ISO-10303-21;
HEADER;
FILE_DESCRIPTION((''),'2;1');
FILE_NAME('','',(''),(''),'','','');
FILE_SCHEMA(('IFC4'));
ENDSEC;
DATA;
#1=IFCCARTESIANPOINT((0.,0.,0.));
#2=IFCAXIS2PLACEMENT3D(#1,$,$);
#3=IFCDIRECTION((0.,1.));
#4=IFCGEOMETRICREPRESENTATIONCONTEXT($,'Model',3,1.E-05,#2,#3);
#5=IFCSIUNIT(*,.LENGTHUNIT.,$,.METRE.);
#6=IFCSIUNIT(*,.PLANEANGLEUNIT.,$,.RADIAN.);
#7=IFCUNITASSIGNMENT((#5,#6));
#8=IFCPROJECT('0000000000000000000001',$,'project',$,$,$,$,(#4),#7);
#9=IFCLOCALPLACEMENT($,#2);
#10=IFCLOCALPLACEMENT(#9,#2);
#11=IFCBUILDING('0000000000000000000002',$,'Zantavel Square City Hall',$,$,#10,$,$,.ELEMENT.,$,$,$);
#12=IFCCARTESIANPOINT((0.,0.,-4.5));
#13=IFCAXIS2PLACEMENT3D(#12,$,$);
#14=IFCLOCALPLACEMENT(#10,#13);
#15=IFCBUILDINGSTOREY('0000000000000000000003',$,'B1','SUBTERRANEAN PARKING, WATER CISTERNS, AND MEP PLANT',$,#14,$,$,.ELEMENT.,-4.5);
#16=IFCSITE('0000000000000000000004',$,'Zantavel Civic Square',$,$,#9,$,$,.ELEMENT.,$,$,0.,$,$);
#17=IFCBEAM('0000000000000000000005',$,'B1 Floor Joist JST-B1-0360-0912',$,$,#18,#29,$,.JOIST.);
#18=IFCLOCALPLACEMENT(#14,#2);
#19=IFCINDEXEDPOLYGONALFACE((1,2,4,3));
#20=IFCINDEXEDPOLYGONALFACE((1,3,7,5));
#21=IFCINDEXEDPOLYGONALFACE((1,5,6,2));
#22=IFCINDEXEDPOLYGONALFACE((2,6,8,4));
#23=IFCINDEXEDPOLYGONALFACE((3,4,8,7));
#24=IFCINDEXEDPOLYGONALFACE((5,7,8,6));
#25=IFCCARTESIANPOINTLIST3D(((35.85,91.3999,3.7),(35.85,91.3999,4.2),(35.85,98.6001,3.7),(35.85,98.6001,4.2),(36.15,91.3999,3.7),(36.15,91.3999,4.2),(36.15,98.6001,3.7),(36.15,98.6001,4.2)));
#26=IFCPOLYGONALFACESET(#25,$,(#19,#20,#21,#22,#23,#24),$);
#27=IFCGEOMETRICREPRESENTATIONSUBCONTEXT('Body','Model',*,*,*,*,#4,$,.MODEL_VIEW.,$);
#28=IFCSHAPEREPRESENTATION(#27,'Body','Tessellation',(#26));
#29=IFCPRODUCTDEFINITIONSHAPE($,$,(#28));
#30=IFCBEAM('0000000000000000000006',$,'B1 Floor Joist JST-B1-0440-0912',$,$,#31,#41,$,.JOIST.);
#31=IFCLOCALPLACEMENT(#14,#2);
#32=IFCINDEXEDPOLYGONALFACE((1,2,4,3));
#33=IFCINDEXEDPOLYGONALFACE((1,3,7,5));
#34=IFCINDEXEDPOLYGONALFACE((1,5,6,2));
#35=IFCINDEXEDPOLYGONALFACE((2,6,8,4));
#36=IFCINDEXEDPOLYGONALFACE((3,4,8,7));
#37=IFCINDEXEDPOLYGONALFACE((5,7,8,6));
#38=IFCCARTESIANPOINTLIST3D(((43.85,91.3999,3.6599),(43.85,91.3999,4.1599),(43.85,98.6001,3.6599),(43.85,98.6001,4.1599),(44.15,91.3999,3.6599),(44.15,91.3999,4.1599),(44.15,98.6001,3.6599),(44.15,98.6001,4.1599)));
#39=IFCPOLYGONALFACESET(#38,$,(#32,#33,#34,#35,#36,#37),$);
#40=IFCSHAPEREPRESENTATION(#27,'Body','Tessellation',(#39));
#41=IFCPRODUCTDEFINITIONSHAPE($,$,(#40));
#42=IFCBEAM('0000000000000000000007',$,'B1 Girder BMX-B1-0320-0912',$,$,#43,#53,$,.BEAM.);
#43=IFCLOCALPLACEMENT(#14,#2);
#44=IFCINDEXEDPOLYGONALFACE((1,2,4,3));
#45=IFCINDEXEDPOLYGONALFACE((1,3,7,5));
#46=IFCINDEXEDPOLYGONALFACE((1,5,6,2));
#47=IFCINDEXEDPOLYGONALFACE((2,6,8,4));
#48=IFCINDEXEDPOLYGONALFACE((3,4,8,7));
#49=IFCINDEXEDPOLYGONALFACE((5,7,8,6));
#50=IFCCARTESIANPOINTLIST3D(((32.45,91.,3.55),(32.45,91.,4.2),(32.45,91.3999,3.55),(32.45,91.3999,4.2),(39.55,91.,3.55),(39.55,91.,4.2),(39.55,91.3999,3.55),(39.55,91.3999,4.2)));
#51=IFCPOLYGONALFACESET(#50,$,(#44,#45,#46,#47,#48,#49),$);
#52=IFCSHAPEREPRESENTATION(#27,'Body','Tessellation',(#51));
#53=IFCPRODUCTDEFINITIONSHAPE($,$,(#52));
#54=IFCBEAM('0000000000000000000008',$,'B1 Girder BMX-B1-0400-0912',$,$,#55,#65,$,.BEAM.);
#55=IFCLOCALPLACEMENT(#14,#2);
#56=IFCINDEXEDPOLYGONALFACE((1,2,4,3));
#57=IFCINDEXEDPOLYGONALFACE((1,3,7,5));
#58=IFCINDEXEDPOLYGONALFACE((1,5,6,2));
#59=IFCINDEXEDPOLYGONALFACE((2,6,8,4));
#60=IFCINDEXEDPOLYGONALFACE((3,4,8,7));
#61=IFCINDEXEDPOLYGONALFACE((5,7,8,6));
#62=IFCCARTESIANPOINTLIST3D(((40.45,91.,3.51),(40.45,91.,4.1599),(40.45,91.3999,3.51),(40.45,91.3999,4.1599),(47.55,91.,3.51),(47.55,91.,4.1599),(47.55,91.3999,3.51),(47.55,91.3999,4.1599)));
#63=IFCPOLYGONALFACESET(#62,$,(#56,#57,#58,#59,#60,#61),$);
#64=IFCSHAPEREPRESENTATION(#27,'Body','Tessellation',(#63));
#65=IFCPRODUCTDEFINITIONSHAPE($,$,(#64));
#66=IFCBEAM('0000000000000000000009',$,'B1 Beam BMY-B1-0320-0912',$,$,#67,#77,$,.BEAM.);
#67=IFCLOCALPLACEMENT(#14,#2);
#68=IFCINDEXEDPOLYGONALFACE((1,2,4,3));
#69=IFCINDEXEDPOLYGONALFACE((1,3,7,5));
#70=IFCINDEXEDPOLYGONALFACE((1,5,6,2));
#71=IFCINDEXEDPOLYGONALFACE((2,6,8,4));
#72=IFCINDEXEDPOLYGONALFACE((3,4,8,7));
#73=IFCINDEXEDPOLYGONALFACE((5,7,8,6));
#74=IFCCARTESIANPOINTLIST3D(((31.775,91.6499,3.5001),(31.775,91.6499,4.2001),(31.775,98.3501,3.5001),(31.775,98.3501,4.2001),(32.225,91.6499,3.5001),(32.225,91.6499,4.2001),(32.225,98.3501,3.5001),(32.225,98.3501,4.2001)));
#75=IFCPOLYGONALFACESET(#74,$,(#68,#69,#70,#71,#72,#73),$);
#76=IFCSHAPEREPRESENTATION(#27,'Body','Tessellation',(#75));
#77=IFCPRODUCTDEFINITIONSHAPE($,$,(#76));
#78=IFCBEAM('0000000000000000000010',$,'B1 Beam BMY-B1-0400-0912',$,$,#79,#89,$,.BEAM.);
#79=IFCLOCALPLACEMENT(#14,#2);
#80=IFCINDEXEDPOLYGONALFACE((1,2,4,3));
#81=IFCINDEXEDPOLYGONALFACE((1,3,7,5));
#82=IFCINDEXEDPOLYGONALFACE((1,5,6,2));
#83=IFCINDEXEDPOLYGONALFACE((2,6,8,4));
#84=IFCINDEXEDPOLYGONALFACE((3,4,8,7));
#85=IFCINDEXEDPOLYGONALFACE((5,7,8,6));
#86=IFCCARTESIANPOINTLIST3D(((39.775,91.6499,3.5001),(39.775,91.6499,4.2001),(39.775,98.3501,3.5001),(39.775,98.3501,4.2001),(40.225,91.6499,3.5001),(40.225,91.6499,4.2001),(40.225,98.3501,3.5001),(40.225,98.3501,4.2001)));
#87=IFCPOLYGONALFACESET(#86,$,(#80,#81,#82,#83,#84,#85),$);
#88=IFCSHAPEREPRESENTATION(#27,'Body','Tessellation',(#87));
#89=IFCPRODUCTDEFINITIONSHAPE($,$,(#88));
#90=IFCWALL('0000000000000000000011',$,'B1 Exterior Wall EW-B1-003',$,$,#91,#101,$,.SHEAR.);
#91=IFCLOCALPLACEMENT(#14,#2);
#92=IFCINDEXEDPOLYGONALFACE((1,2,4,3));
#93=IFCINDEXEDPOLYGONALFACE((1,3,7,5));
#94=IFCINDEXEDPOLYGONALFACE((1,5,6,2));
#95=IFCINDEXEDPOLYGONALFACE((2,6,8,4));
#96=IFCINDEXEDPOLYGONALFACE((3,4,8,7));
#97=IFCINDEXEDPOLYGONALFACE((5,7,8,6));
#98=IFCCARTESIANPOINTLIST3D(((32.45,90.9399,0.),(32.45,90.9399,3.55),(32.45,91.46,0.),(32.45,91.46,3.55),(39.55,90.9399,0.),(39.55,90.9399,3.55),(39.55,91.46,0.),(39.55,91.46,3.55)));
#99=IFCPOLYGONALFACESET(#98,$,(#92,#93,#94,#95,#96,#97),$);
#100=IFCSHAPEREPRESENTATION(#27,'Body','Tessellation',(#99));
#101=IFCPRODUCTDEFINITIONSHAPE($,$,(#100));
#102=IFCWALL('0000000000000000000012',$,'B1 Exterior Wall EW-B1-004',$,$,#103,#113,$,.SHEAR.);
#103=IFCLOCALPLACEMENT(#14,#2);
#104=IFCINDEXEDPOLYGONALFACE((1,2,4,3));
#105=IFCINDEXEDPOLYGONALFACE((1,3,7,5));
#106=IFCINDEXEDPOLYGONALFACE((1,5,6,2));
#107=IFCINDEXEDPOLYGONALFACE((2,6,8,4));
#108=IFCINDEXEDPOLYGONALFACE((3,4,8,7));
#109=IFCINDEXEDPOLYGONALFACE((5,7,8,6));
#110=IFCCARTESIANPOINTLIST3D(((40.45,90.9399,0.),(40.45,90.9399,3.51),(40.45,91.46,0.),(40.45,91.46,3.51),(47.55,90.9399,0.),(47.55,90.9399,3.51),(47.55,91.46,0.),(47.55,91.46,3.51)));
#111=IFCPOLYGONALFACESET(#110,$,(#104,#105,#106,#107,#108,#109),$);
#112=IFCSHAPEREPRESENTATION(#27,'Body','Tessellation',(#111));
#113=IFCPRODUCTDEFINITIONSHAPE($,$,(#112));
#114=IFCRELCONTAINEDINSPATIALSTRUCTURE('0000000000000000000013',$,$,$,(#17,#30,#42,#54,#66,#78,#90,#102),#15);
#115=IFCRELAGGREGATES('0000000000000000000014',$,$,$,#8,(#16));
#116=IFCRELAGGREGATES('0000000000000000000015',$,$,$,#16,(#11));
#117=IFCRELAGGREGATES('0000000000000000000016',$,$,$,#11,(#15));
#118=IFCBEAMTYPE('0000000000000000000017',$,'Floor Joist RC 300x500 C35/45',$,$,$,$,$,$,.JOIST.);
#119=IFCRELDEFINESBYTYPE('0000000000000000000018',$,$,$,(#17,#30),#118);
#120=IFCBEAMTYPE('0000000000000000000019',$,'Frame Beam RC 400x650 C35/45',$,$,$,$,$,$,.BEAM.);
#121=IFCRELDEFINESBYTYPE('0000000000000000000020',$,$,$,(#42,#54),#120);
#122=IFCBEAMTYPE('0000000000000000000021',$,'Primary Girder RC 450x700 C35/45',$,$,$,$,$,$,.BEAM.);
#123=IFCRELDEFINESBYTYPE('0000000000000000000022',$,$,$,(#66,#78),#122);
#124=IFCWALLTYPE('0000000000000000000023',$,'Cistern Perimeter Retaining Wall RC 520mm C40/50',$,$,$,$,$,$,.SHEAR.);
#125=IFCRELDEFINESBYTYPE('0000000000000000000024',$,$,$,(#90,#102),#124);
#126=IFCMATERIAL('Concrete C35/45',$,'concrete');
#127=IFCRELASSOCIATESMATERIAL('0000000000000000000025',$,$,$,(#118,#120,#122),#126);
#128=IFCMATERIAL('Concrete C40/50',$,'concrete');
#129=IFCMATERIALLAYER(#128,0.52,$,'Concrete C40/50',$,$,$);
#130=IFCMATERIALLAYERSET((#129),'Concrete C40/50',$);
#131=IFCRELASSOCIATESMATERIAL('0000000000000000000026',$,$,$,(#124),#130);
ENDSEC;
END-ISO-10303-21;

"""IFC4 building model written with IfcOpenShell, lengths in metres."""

from ifc_helpers import new_model, si_unit, direction, frame, frame_2d, origin, origin_2d, place, context, subcontext, project, spatial, rectangle, extrude, material, layer, layer_set, material_profile, profile_set, type_object, element, save


model = new_model("IFC4")

# Units and contexts
model_context = context("Model", 3, precision=1e-05, world=origin(), true_north=direction((0.0, 1.0)))
body_context = subcontext(model_context, "Body", "Model", "MODEL_VIEW")
ifc_project = project(units=[si_unit("LENGTHUNIT", "METRE"), si_unit("PLANEANGLEUNIT", "RADIAN")], contexts=[model_context])

# Site, building, storey
site_placement = place(None, origin())
site = spatial("IfcSite", under=ifc_project, at=site_placement, Name="Zantavel Civic Square", CompositionType="ELEMENT", RefElevation=0.0)
building_placement = place(site_placement, origin())
building = spatial("IfcBuilding", under=site, at=building_placement, Name="Zantavel Square City Hall", CompositionType="ELEMENT")
storey_placement = place(building_placement, frame((0.0, 0.0, -4.5)))
storey = spatial("IfcBuildingStorey", under=building, at=storey_placement, Name="B1", Description="SUBTERRANEAN PARKING, WATER CISTERNS, AND MEP PLANT", CompositionType="ELEMENT", Elevation=-4.5)

# Shared definitions
ifc_material_1 = material(Name="Concrete C35/45", Category="concrete")

# Shared definitions
ifc_material_2 = material(Name="Concrete C40/50", Category="concrete")

# Beams
ifc_material_profile_1 = material_profile(ifc_material_1, rectangle(XDim=0.3, YDim=0.5, at=origin_2d()), Name="RC 300x500")
ifc_profile_set_1 = profile_set([ifc_material_profile_1], Name="Concrete C35/45")
beam_type_1 = type_object("IfcBeamType", Name="Floor Joist RC 300x500 C35/45", PredefinedType="JOIST", material=ifc_profile_set_1)
for number, where, z_axis, x_axis, name in (
    (1, (36.0, 91.3999, 3.95), (0.0, 1.0, 0.0), (-1.0, 0.0, 0.0), "B1 Floor Joist JST-B1-0360-0912"),
    (2, (44.0, 91.3999, 3.9099), (0.0, 1.0, 0.0), (-1.0, 0.0, 0.0), "B1 Floor Joist JST-B1-0440-0912"),
):
    element("IfcBeam", number, at=place(storey_placement, frame(where, z_axis=z_axis, x_axis=x_axis)), inside=storey, type_object=beam_type_1, Name=name, PredefinedType="JOIST", context=body_context, shape_type="SweptSolid", body=[
        extrude(rectangle(XDim=0.3, YDim=0.5, at=origin_2d()), origin(), (0.0, 0.0, 1.0), 7.2002),
    ])
ifc_material_profile_2 = material_profile(ifc_material_1, rectangle(XDim=0.3999, YDim=0.6499, at=origin_2d()), Name="RC 400x650")
ifc_profile_set_2 = profile_set([ifc_material_profile_2], Name="Concrete C35/45")
beam_type_2 = type_object("IfcBeamType", Name="Frame Beam RC 400x650 C35/45", PredefinedType="BEAM", material=ifc_profile_set_2)
for number, where, z_axis, x_axis, name in (
    (3, (32.45, 91.2, 3.875), (1.0, 0.0, 0.0), (0.0, 1.0, 0.0), "B1 Girder BMX-B1-0320-0912"),
    (4, (40.45, 91.2, 3.835), (1.0, 0.0, 0.0), (0.0, 1.0, 0.0), "B1 Girder BMX-B1-0400-0912"),
):
    element("IfcBeam", number, at=place(storey_placement, frame(where, z_axis=z_axis, x_axis=x_axis)), inside=storey, type_object=beam_type_2, Name=name, PredefinedType="BEAM", context=body_context, shape_type="SweptSolid", body=[
        extrude(rectangle(XDim=0.3999, YDim=0.6499, at=origin_2d()), origin(), (0.0, 0.0, 1.0), 7.1001),
    ])
ifc_material_profile_3 = material_profile(ifc_material_1, rectangle(XDim=0.45, YDim=0.7, at=origin_2d()), Name="RC 450x700")
ifc_profile_set_3 = profile_set([ifc_material_profile_3], Name="Concrete C35/45")
beam_type_3 = type_object("IfcBeamType", Name="Primary Girder RC 450x700 C35/45", PredefinedType="BEAM", material=ifc_profile_set_3)
for number, where, z_axis, x_axis, name in (
    (5, (32.0, 91.6499, 3.8501), (0.0, 1.0, 0.0), (-1.0, 0.0, 0.0), "B1 Beam BMY-B1-0320-0912"),
    (6, (40.0, 91.6499, 3.8501), (0.0, 1.0, 0.0), (-1.0, 0.0, 0.0), "B1 Beam BMY-B1-0400-0912"),
):
    element("IfcBeam", number, at=place(storey_placement, frame(where, z_axis=z_axis, x_axis=x_axis)), inside=storey, type_object=beam_type_3, Name=name, PredefinedType="BEAM", context=body_context, shape_type="SweptSolid", body=[
        extrude(rectangle(XDim=0.45, YDim=0.7, at=origin_2d()), origin(), (0.0, 0.0, 1.0), 6.7002),
    ])

# Walls
ifc_layer_1 = layer(ifc_material_2, 0.52, Name="Concrete C40/50")
ifc_layer_set_1 = layer_set([ifc_layer_1], Name="Concrete C40/50")
wall_type = type_object("IfcWallType", Name="Cistern Perimeter Retaining Wall RC 520mm C40/50", PredefinedType="SHEAR", material=ifc_layer_set_1)
wall_1_placement = place(storey_placement, frame((32.45, 91.2, 0.0), z_axis=(0.0, 0.0, 1.0), x_axis=(1.0, 0.0, 0.0)))
element("IfcWall", 7, at=wall_1_placement, inside=storey, type_object=wall_type, Name="B1 Exterior Wall EW-B1-003", PredefinedType="SHEAR", context=body_context, shape_type="SweptSolid", body=[
    extrude(rectangle(XDim=7.1001, YDim=0.52, at=frame_2d((3.55, 0.0))), origin(), (0.0, 0.0, 1.0), 3.55),
])
wall_2_placement = place(storey_placement, frame((40.45, 91.2, 0.0), z_axis=(0.0, 0.0, 1.0), x_axis=(1.0, 0.0, 0.0)))
element("IfcWall", 8, at=wall_2_placement, inside=storey, type_object=wall_type, Name="B1 Exterior Wall EW-B1-004", PredefinedType="SHEAR", context=body_context, shape_type="SweptSolid", body=[
    extrude(rectangle(XDim=7.1001, YDim=0.52, at=frame_2d((3.55, 0.0))), origin(), (0.0, 0.0, 1.0), 3.51),
])

save(model, "model.ifc")
